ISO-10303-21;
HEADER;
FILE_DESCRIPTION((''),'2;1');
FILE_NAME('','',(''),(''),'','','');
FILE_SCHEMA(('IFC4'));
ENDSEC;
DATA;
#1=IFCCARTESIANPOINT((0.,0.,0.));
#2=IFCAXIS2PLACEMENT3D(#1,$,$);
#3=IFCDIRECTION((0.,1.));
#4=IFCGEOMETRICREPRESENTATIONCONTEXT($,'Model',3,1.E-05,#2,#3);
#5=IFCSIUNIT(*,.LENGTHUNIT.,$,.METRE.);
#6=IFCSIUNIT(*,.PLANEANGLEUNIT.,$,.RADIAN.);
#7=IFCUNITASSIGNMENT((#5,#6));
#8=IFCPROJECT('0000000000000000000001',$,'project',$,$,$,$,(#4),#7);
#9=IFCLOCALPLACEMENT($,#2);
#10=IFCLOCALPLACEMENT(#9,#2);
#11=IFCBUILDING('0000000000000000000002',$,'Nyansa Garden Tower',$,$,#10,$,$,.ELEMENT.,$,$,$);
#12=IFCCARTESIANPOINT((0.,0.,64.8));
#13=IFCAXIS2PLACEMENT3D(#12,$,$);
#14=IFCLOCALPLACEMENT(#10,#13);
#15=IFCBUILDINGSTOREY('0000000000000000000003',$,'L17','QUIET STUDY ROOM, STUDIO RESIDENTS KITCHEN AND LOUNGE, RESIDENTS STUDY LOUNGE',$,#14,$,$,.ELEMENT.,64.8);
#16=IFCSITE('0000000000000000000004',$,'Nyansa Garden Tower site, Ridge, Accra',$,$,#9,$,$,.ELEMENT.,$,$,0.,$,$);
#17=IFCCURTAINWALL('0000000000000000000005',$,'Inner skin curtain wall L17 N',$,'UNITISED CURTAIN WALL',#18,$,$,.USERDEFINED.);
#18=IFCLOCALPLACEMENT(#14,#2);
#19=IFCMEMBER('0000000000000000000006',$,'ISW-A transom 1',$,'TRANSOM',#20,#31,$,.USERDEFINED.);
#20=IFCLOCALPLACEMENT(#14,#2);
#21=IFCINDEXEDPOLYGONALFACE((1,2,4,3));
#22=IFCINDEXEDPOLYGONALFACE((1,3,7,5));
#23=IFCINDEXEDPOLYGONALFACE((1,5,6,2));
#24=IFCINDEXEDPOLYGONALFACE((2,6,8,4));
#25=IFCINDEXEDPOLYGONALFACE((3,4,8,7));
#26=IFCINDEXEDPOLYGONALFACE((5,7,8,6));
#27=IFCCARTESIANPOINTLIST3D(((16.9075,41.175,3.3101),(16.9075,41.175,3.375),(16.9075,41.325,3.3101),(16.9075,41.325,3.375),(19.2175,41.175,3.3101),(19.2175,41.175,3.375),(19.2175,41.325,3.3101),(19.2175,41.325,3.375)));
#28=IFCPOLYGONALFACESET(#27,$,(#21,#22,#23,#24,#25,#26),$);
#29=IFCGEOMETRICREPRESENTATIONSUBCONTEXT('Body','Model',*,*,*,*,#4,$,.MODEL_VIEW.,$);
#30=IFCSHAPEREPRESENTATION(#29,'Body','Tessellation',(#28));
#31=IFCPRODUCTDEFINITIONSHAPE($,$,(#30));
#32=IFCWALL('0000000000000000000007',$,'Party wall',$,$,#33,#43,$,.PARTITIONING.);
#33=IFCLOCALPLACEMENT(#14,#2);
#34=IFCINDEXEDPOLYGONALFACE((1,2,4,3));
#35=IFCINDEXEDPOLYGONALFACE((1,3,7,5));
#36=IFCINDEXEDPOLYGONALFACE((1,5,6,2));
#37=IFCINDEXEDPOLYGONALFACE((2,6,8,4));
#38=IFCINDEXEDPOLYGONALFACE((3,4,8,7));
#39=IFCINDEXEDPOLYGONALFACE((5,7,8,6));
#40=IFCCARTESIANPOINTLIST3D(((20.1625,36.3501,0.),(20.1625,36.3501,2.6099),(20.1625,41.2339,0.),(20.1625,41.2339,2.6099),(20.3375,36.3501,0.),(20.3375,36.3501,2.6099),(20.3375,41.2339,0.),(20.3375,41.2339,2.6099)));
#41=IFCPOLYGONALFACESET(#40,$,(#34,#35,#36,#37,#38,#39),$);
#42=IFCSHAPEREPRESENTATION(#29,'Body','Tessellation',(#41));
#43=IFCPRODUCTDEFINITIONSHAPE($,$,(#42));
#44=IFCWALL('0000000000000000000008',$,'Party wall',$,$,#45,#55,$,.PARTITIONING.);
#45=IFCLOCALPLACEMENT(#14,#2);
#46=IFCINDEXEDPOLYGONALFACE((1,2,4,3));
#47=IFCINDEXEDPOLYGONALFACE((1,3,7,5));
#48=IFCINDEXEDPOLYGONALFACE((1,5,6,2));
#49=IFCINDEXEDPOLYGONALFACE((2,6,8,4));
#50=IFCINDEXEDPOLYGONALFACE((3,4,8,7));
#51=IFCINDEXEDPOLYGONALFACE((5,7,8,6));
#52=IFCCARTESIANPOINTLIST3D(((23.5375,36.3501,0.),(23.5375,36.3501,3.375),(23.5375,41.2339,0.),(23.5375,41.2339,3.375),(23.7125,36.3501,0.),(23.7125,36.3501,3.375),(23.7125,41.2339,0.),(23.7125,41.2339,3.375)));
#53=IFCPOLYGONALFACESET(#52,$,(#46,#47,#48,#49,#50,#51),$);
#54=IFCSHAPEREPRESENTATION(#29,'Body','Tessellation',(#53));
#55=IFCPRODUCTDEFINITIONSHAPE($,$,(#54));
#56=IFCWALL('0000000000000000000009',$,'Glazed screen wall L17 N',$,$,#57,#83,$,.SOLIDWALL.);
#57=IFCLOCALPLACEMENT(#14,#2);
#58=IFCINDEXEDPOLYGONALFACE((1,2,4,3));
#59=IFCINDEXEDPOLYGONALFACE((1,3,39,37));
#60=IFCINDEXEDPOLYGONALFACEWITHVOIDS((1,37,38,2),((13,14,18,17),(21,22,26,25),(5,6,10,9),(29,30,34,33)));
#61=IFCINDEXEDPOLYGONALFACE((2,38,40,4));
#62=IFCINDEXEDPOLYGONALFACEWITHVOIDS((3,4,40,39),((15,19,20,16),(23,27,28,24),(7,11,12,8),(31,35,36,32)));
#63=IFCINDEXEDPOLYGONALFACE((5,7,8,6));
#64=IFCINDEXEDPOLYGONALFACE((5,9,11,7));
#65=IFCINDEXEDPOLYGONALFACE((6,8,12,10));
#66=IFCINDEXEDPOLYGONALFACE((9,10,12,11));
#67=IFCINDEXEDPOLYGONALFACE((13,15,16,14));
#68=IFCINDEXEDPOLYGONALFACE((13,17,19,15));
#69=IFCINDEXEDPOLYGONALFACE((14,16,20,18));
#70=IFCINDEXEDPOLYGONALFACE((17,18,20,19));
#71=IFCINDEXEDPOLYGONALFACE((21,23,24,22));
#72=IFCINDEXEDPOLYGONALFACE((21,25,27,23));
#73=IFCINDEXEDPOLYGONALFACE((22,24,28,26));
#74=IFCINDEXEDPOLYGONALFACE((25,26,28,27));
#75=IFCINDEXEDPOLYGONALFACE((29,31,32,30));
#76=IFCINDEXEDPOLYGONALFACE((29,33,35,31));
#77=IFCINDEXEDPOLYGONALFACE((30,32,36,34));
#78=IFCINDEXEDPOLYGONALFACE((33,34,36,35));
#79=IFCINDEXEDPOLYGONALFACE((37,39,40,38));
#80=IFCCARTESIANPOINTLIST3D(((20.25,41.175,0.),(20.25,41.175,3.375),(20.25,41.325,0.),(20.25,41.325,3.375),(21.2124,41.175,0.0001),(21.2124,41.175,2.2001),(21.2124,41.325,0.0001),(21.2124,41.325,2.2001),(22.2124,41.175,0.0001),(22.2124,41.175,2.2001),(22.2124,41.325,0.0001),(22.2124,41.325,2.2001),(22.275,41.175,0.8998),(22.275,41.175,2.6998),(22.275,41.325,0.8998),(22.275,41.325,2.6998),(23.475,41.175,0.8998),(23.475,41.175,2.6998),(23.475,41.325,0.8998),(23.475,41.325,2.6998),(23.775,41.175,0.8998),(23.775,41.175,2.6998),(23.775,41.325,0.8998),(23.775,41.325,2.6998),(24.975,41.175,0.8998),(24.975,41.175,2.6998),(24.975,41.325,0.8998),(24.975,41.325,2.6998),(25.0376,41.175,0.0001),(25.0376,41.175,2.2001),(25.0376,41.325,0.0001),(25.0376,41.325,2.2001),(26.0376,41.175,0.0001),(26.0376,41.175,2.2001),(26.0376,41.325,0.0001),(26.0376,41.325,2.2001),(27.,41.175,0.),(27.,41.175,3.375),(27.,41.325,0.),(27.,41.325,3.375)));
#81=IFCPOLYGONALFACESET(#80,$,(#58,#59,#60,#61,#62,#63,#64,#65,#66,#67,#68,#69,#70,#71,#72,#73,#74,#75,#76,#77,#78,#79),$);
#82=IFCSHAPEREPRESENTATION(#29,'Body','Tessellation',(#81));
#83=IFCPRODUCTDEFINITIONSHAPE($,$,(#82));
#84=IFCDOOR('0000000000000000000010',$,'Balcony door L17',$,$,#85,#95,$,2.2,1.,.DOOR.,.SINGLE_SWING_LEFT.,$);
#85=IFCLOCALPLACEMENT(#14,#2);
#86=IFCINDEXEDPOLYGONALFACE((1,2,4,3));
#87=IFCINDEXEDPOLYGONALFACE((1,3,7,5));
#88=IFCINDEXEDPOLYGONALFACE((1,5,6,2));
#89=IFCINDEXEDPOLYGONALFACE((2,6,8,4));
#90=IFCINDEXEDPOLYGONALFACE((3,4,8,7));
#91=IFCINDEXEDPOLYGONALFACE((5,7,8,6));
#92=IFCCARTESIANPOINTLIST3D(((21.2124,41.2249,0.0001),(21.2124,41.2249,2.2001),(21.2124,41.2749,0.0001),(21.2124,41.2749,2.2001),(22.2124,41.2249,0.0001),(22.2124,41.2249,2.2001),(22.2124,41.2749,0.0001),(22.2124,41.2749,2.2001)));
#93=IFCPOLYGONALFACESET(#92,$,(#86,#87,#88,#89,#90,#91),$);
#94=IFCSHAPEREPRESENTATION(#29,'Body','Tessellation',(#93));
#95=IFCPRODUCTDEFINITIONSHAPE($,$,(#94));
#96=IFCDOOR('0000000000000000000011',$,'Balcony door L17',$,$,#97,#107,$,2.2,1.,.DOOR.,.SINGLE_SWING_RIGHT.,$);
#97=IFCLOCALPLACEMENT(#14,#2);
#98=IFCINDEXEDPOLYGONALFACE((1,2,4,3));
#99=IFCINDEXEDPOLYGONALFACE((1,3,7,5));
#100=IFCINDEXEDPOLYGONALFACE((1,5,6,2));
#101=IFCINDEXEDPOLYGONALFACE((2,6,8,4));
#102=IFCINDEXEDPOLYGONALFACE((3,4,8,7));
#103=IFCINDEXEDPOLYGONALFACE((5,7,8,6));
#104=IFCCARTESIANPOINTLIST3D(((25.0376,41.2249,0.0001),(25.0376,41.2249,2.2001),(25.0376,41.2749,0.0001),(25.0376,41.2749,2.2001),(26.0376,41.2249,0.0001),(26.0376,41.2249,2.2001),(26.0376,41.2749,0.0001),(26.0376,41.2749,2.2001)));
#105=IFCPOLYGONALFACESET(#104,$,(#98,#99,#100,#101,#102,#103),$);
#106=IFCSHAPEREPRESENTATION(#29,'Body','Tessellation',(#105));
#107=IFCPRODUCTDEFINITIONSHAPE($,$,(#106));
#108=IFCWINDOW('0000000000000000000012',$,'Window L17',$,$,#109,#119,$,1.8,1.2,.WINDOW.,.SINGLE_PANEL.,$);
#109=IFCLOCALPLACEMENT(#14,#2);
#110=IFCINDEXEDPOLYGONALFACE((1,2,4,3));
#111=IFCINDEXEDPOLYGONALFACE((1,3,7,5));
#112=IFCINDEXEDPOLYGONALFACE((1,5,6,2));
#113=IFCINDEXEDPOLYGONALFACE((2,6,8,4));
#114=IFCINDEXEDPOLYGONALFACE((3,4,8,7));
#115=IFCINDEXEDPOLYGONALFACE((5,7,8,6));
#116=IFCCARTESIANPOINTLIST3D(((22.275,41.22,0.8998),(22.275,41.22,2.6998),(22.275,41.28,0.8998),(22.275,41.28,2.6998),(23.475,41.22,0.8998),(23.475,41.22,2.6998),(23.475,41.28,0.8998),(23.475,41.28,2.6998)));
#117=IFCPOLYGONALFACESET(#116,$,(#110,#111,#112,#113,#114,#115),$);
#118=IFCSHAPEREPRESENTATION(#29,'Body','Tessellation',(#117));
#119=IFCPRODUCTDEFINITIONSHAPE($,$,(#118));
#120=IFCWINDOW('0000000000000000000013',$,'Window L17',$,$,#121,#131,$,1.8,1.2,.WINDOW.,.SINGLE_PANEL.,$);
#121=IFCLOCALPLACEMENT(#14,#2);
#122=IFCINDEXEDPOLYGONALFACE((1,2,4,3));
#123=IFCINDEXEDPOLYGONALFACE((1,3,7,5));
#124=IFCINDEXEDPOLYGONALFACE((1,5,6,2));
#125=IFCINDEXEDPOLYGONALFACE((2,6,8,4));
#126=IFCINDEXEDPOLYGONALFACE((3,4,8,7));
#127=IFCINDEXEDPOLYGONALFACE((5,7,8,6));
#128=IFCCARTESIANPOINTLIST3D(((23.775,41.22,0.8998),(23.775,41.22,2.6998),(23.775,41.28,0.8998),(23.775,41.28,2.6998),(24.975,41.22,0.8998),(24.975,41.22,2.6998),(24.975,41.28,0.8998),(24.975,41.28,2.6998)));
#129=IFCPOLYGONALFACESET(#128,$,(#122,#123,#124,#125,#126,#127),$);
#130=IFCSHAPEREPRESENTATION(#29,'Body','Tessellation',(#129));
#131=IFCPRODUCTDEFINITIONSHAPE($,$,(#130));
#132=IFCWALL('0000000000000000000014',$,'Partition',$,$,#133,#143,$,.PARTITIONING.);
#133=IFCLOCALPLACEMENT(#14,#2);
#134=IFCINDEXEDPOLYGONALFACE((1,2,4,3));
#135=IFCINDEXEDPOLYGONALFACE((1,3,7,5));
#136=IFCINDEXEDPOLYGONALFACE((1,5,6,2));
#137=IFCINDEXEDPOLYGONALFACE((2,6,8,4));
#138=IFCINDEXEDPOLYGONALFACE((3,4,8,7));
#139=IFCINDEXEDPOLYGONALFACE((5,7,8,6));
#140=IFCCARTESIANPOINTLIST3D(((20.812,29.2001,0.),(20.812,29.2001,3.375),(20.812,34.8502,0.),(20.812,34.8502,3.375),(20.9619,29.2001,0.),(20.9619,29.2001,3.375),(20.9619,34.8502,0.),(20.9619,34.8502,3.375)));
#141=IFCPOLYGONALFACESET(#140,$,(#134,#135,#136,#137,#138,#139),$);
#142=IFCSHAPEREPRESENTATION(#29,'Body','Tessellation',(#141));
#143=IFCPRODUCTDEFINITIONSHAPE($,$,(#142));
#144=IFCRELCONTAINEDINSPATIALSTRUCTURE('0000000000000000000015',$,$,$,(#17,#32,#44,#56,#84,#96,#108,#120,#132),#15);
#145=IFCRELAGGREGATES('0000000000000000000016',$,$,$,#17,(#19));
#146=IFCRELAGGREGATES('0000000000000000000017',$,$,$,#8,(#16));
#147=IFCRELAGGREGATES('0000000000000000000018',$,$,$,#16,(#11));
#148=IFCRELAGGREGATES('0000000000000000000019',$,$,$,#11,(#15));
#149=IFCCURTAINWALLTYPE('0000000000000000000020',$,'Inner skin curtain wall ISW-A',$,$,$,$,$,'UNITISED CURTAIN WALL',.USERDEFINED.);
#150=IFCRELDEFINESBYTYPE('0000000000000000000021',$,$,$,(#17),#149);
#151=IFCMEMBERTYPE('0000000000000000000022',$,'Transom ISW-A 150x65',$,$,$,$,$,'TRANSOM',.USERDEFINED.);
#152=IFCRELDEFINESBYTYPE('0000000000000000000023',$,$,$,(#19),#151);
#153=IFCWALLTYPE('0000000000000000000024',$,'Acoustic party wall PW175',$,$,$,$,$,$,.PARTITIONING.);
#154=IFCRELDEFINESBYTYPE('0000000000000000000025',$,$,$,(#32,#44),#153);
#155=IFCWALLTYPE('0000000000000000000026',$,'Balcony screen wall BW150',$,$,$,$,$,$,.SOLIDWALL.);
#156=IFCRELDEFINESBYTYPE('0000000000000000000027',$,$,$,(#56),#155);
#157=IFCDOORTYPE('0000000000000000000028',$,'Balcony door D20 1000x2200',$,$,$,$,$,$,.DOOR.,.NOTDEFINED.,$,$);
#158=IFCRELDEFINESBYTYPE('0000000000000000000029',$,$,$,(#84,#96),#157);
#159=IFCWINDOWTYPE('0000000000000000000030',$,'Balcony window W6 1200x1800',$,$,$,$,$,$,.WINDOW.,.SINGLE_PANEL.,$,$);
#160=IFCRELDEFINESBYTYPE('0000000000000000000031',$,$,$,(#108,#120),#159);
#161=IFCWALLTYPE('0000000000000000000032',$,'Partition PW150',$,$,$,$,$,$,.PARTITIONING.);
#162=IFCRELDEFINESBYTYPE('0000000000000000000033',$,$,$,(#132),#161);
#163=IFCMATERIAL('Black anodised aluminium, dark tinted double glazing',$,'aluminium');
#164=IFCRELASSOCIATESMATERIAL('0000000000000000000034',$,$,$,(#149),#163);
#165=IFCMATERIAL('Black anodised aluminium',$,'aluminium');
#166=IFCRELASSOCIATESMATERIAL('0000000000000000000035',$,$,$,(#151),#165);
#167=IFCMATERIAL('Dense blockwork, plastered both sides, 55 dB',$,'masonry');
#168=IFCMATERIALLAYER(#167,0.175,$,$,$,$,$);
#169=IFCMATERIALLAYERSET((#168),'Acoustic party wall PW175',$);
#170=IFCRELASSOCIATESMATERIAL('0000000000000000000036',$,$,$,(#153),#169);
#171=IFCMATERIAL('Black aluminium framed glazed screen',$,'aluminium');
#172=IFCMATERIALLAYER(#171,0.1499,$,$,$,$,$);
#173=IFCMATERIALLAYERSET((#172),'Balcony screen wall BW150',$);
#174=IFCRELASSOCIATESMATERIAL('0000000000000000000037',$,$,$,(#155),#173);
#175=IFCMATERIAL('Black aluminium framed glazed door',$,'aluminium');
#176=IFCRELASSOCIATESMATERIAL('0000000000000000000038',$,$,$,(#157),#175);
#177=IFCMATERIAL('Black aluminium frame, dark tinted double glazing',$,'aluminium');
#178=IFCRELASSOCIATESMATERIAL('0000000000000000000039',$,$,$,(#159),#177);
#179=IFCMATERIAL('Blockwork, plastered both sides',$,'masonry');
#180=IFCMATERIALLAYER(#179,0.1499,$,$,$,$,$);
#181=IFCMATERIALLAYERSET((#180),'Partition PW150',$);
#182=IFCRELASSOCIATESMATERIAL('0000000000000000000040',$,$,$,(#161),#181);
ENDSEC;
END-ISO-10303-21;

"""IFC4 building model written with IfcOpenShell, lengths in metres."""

from ifc_helpers import new_model, si_unit, direction, frame, frame_2d, origin, origin_2d, place, context, subcontext, project, spatial, rectangle, extrude, material, layer, layer_set, material_profile, profile_set, type_object, element, fill, aggregate, save


model = new_model("IFC4")

# Units and contexts
model_context = context("Model", 3, precision=1e-05, world=origin(), true_north=direction((0.0, 1.0)))
body_context = subcontext(model_context, "Body", "Model", "MODEL_VIEW")
ifc_project = project(units=[si_unit("LENGTHUNIT", "METRE"), si_unit("PLANEANGLEUNIT", "RADIAN")], contexts=[model_context])

# Site, building, storey
site_placement = place(None, origin())
site = spatial("IfcSite", under=ifc_project, at=site_placement, Name="Nyansa Garden Tower site, Ridge, Accra", CompositionType="ELEMENT", RefElevation=0.0)
building_placement = place(site_placement, origin())
building = spatial("IfcBuilding", under=site, at=building_placement, Name="Nyansa Garden Tower", CompositionType="ELEMENT")
storey_placement = place(building_placement, frame((0.0, 0.0, 64.8)))
storey = spatial("IfcBuildingStorey", under=building, at=storey_placement, Name="L17", Description="QUIET STUDY ROOM, STUDIO RESIDENTS KITCHEN AND LOUNGE, RESIDENTS STUDY LOUNGE", CompositionType="ELEMENT", Elevation=64.8)

# Curtain wall
ifc_material_1 = material(Name="Black anodised aluminium, dark tinted double glazing", Category="aluminium")
curtain_wall_type = type_object("IfcCurtainWallType", Name="Inner skin curtain wall ISW-A", ElementType="UNITISED CURTAIN WALL", PredefinedType="USERDEFINED", material=ifc_material_1)
curtain_wall_placement = place(storey_placement, origin())
curtain_wall = element("IfcCurtainWall", 1, at=curtain_wall_placement, inside=storey, type_object=curtain_wall_type, Name="Inner skin curtain wall L17 N", ObjectType="UNITISED CURTAIN WALL", PredefinedType="USERDEFINED")

# Member
ifc_material_2 = material(Name="Black anodised aluminium", Category="aluminium")
ifc_material_profile_1 = material_profile(ifc_material_2, rectangle(XDim=0.1499, YDim=0.0649, at=origin_2d()), Name="Transom 150x65")
ifc_profile_set_1 = profile_set([ifc_material_profile_1], Name="Black anodised aluminium")
member_type_1 = type_object("IfcMemberType", Name="Transom ISW-A 150x65", ElementType="TRANSOM", PredefinedType="USERDEFINED", material=ifc_profile_set_1)
member_1_placement = place(storey_placement, frame((19.2175, 41.25, 3.3425), z_axis=(-1.0, 0.0, 0.0), x_axis=(0.0, -1.0, 0.0)))
member_1 = element("IfcMember", 2, at=member_1_placement, type_object=member_type_1, Name="ISW-A transom 1", ObjectType="TRANSOM", PredefinedType="USERDEFINED", context=body_context, shape_type="SweptSolid", body=[
    extrude(rectangle(XDim=0.1499, YDim=0.0649, at=origin_2d()), origin(), (0.0, 0.0, 1.0), 2.3101),
])
aggregate(curtain_wall, [member_1])

# Walls
ifc_material_3 = material(Name="Dense blockwork, plastered both sides, 55 dB", Category="masonry")
ifc_layer_1 = layer(ifc_material_3, 0.175)
ifc_layer_set_1 = layer_set([ifc_layer_1], Name="Acoustic party wall PW175")
wall_type_1 = type_object("IfcWallType", Name="Acoustic party wall PW175", PredefinedType="PARTITIONING", material=ifc_layer_set_1)
wall_1_placement = place(storey_placement, frame((20.25, 36.3501, 0.0), z_axis=(0.0, 0.0, 1.0), x_axis=(0.0, 1.0, 0.0)))
element("IfcWall", 3, at=wall_1_placement, inside=storey, type_object=wall_type_1, Name="Party wall", PredefinedType="PARTITIONING", context=body_context, shape_type="SweptSolid", body=[
    extrude(rectangle(XDim=4.8838, YDim=0.175, at=frame_2d((2.4419, 0.0))), origin(), (0.0, 0.0, 1.0), 2.6099),
])
wall_2_placement = place(storey_placement, frame((23.625, 36.3501, 0.0), z_axis=(0.0, 0.0, 1.0), x_axis=(0.0, 1.0, 0.0)))
element("IfcWall", 4, at=wall_2_placement, inside=storey, type_object=wall_type_1, Name="Party wall", PredefinedType="PARTITIONING", context=body_context, shape_type="SweptSolid", body=[
    extrude(rectangle(XDim=4.8838, YDim=0.175, at=frame_2d((2.4419, 0.0))), origin(), (0.0, 0.0, 1.0), 3.375),
])

# Wall, openings, doors, windows
ifc_material_4 = material(Name="Black aluminium framed glazed screen", Category="aluminium")
ifc_layer_2 = layer(ifc_material_4, 0.1499)
ifc_layer_set_2 = layer_set([ifc_layer_2], Name="Balcony screen wall BW150")
wall_type_2 = type_object("IfcWallType", Name="Balcony screen wall BW150", PredefinedType="SOLIDWALL", material=ifc_layer_set_2)
wall_3_placement = place(storey_placement, frame((20.25, 41.25, 0.0), z_axis=(0.0, 0.0, 1.0), x_axis=(1.0, 0.0, 0.0)))
wall_3 = element("IfcWall", 5, at=wall_3_placement, inside=storey, type_object=wall_type_2, Name="Glazed screen wall L17 N", PredefinedType="SOLIDWALL", context=body_context, shape_type="SweptSolid", body=[
    extrude(rectangle(XDim=6.75, YDim=0.1499, at=frame_2d((3.375, 0.0))), origin(), (0.0, 0.0, 1.0), 3.375),
])
opening_1_placement = place(wall_3_placement, frame((0.9624, 0.0, 0.0)))
opening_1 = element("IfcOpeningElement", 6, at=opening_1_placement, cuts=wall_3, PredefinedType="OPENING", context=body_context, shape_type="SweptSolid", body=[
    extrude(rectangle(XDim=1.0, YDim=2.2, at=frame_2d((0.5, 1.1001))), frame((0.0, 0.085, 0.0), z_axis=(0.0, -1.0, 0.0), x_axis=(1.0, 0.0, 0.0)), (0.0, 0.0, 1.0), 0.1699),
])
opening_2_placement = place(wall_3_placement, frame((2.0249, 0.0, 0.8999)))
opening_2 = element("IfcOpeningElement", 7, at=opening_2_placement, cuts=wall_3, PredefinedType="OPENING", context=body_context, shape_type="SweptSolid", body=[
    extrude(rectangle(XDim=1.2, YDim=1.8, at=frame_2d((0.6001, 0.8999))), frame((0.0, 0.085, 0.0), z_axis=(0.0, -1.0, 0.0), x_axis=(1.0, 0.0, 0.0)), (0.0, 0.0, 1.0), 0.1699),
])
opening_3_placement = place(wall_3_placement, frame((4.7876, 0.0, 0.0)))
opening_3 = element("IfcOpeningElement", 8, at=opening_3_placement, cuts=wall_3, PredefinedType="OPENING", context=body_context, shape_type="SweptSolid", body=[
    extrude(rectangle(XDim=1.0, YDim=2.2, at=frame_2d((0.5, 1.1001))), frame((0.0, 0.085, 0.0), z_axis=(0.0, -1.0, 0.0), x_axis=(1.0, 0.0, 0.0)), (0.0, 0.0, 1.0), 0.1699),
])
opening_4_placement = place(wall_3_placement, frame((3.5249, 0.0, 0.8999)))
opening_4 = element("IfcOpeningElement", 9, at=opening_4_placement, cuts=wall_3, PredefinedType="OPENING", context=body_context, shape_type="SweptSolid", body=[
    extrude(rectangle(XDim=1.2, YDim=1.8, at=frame_2d((0.6001, 0.8999))), frame((0.0, 0.085, 0.0), z_axis=(0.0, -1.0, 0.0), x_axis=(1.0, 0.0, 0.0)), (0.0, 0.0, 1.0), 0.1699),
])
ifc_material_5 = material(Name="Black aluminium framed glazed door", Category="aluminium")
door_type_1 = type_object("IfcDoorType", Name="Balcony door D20 1000x2200", OperationType="NOTDEFINED", PredefinedType="DOOR", material=ifc_material_5)
door_1_placement = place(opening_1_placement, origin())
door_1 = element("IfcDoor", 10, at=door_1_placement, inside=storey, type_object=door_type_1, Name="Balcony door L17", OperationType="SINGLE_SWING_LEFT", OverallHeight=2.2, OverallWidth=1.0, PredefinedType="DOOR", context=body_context, shape_type="SweptSolid", body=[
    extrude(rectangle(XDim=1.0, YDim=2.2, at=frame_2d((0.5, 1.1001))), frame((0.0, 0.0249, 0.0), z_axis=(0.0, -1.0, 0.0), x_axis=(1.0, 0.0, 0.0)), (0.0, 0.0, 1.0), 0.05),
])
fill(opening_1, door_1)
door_2_placement = place(opening_3_placement, origin())
door_2 = element("IfcDoor", 11, at=door_2_placement, inside=storey, type_object=door_type_1, Name="Balcony door L17", OperationType="SINGLE_SWING_RIGHT", OverallHeight=2.2, OverallWidth=1.0, PredefinedType="DOOR", context=body_context, shape_type="SweptSolid", body=[
    extrude(rectangle(XDim=1.0, YDim=2.2, at=frame_2d((0.5, 1.1001))), frame((0.0, 0.0249, 0.0), z_axis=(0.0, -1.0, 0.0), x_axis=(1.0, 0.0, 0.0)), (0.0, 0.0, 1.0), 0.05),
])
fill(opening_3, door_2)
ifc_material_6 = material(Name="Black aluminium frame, dark tinted double glazing", Category="aluminium")
window_type = type_object("IfcWindowType", Name="Balcony window W6 1200x1800", PartitioningType="SINGLE_PANEL", PredefinedType="WINDOW", material=ifc_material_6)
window_1_placement = place(opening_2_placement, origin())
window_1 = element("IfcWindow", 12, at=window_1_placement, inside=storey, type_object=window_type, Name="Window L17", OverallHeight=1.8, OverallWidth=1.2, PartitioningType="SINGLE_PANEL", PredefinedType="WINDOW", context=body_context, shape_type="SweptSolid", body=[
    extrude(rectangle(XDim=1.2, YDim=1.8, at=frame_2d((0.6001, 0.8999))), frame((0.0, 0.03, 0.0), z_axis=(0.0, -1.0, 0.0), x_axis=(1.0, 0.0, 0.0)), (0.0, 0.0, 1.0), 0.0601),
])
fill(opening_2, window_1)
window_2_placement = place(opening_4_placement, origin())
window_2 = element("IfcWindow", 13, at=window_2_placement, inside=storey, type_object=window_type, Name="Window L17", OverallHeight=1.8, OverallWidth=1.2, PartitioningType="SINGLE_PANEL", PredefinedType="WINDOW", context=body_context, shape_type="SweptSolid", body=[
    extrude(rectangle(XDim=1.2, YDim=1.8, at=frame_2d((0.6001, 0.8999))), frame((0.0, 0.03, 0.0), z_axis=(0.0, -1.0, 0.0), x_axis=(1.0, 0.0, 0.0)), (0.0, 0.0, 1.0), 0.0601),
])
fill(opening_4, window_2)

# Wall
ifc_material_7 = material(Name="Blockwork, plastered both sides", Category="masonry")
ifc_layer_3 = layer(ifc_material_7, 0.1499)
ifc_layer_set_3 = layer_set([ifc_layer_3], Name="Partition PW150")
wall_type_3 = type_object("IfcWallType", Name="Partition PW150", PredefinedType="PARTITIONING", material=ifc_layer_set_3)
wall_4_placement = place(storey_placement, frame((20.887, 29.2, 0.0), z_axis=(0.0, 0.0, 1.0), x_axis=(0.0, 1.0, 0.0)))
element("IfcWall", 14, at=wall_4_placement, inside=storey, type_object=wall_type_3, Name="Partition", PredefinedType="PARTITIONING", context=body_context, shape_type="SweptSolid", body=[
    extrude(rectangle(XDim=5.6501, YDim=0.1499, at=frame_2d((2.8252, 0.0))), origin(), (0.0, 0.0, 1.0), 3.375),
])

save(model, "model.ifc")
